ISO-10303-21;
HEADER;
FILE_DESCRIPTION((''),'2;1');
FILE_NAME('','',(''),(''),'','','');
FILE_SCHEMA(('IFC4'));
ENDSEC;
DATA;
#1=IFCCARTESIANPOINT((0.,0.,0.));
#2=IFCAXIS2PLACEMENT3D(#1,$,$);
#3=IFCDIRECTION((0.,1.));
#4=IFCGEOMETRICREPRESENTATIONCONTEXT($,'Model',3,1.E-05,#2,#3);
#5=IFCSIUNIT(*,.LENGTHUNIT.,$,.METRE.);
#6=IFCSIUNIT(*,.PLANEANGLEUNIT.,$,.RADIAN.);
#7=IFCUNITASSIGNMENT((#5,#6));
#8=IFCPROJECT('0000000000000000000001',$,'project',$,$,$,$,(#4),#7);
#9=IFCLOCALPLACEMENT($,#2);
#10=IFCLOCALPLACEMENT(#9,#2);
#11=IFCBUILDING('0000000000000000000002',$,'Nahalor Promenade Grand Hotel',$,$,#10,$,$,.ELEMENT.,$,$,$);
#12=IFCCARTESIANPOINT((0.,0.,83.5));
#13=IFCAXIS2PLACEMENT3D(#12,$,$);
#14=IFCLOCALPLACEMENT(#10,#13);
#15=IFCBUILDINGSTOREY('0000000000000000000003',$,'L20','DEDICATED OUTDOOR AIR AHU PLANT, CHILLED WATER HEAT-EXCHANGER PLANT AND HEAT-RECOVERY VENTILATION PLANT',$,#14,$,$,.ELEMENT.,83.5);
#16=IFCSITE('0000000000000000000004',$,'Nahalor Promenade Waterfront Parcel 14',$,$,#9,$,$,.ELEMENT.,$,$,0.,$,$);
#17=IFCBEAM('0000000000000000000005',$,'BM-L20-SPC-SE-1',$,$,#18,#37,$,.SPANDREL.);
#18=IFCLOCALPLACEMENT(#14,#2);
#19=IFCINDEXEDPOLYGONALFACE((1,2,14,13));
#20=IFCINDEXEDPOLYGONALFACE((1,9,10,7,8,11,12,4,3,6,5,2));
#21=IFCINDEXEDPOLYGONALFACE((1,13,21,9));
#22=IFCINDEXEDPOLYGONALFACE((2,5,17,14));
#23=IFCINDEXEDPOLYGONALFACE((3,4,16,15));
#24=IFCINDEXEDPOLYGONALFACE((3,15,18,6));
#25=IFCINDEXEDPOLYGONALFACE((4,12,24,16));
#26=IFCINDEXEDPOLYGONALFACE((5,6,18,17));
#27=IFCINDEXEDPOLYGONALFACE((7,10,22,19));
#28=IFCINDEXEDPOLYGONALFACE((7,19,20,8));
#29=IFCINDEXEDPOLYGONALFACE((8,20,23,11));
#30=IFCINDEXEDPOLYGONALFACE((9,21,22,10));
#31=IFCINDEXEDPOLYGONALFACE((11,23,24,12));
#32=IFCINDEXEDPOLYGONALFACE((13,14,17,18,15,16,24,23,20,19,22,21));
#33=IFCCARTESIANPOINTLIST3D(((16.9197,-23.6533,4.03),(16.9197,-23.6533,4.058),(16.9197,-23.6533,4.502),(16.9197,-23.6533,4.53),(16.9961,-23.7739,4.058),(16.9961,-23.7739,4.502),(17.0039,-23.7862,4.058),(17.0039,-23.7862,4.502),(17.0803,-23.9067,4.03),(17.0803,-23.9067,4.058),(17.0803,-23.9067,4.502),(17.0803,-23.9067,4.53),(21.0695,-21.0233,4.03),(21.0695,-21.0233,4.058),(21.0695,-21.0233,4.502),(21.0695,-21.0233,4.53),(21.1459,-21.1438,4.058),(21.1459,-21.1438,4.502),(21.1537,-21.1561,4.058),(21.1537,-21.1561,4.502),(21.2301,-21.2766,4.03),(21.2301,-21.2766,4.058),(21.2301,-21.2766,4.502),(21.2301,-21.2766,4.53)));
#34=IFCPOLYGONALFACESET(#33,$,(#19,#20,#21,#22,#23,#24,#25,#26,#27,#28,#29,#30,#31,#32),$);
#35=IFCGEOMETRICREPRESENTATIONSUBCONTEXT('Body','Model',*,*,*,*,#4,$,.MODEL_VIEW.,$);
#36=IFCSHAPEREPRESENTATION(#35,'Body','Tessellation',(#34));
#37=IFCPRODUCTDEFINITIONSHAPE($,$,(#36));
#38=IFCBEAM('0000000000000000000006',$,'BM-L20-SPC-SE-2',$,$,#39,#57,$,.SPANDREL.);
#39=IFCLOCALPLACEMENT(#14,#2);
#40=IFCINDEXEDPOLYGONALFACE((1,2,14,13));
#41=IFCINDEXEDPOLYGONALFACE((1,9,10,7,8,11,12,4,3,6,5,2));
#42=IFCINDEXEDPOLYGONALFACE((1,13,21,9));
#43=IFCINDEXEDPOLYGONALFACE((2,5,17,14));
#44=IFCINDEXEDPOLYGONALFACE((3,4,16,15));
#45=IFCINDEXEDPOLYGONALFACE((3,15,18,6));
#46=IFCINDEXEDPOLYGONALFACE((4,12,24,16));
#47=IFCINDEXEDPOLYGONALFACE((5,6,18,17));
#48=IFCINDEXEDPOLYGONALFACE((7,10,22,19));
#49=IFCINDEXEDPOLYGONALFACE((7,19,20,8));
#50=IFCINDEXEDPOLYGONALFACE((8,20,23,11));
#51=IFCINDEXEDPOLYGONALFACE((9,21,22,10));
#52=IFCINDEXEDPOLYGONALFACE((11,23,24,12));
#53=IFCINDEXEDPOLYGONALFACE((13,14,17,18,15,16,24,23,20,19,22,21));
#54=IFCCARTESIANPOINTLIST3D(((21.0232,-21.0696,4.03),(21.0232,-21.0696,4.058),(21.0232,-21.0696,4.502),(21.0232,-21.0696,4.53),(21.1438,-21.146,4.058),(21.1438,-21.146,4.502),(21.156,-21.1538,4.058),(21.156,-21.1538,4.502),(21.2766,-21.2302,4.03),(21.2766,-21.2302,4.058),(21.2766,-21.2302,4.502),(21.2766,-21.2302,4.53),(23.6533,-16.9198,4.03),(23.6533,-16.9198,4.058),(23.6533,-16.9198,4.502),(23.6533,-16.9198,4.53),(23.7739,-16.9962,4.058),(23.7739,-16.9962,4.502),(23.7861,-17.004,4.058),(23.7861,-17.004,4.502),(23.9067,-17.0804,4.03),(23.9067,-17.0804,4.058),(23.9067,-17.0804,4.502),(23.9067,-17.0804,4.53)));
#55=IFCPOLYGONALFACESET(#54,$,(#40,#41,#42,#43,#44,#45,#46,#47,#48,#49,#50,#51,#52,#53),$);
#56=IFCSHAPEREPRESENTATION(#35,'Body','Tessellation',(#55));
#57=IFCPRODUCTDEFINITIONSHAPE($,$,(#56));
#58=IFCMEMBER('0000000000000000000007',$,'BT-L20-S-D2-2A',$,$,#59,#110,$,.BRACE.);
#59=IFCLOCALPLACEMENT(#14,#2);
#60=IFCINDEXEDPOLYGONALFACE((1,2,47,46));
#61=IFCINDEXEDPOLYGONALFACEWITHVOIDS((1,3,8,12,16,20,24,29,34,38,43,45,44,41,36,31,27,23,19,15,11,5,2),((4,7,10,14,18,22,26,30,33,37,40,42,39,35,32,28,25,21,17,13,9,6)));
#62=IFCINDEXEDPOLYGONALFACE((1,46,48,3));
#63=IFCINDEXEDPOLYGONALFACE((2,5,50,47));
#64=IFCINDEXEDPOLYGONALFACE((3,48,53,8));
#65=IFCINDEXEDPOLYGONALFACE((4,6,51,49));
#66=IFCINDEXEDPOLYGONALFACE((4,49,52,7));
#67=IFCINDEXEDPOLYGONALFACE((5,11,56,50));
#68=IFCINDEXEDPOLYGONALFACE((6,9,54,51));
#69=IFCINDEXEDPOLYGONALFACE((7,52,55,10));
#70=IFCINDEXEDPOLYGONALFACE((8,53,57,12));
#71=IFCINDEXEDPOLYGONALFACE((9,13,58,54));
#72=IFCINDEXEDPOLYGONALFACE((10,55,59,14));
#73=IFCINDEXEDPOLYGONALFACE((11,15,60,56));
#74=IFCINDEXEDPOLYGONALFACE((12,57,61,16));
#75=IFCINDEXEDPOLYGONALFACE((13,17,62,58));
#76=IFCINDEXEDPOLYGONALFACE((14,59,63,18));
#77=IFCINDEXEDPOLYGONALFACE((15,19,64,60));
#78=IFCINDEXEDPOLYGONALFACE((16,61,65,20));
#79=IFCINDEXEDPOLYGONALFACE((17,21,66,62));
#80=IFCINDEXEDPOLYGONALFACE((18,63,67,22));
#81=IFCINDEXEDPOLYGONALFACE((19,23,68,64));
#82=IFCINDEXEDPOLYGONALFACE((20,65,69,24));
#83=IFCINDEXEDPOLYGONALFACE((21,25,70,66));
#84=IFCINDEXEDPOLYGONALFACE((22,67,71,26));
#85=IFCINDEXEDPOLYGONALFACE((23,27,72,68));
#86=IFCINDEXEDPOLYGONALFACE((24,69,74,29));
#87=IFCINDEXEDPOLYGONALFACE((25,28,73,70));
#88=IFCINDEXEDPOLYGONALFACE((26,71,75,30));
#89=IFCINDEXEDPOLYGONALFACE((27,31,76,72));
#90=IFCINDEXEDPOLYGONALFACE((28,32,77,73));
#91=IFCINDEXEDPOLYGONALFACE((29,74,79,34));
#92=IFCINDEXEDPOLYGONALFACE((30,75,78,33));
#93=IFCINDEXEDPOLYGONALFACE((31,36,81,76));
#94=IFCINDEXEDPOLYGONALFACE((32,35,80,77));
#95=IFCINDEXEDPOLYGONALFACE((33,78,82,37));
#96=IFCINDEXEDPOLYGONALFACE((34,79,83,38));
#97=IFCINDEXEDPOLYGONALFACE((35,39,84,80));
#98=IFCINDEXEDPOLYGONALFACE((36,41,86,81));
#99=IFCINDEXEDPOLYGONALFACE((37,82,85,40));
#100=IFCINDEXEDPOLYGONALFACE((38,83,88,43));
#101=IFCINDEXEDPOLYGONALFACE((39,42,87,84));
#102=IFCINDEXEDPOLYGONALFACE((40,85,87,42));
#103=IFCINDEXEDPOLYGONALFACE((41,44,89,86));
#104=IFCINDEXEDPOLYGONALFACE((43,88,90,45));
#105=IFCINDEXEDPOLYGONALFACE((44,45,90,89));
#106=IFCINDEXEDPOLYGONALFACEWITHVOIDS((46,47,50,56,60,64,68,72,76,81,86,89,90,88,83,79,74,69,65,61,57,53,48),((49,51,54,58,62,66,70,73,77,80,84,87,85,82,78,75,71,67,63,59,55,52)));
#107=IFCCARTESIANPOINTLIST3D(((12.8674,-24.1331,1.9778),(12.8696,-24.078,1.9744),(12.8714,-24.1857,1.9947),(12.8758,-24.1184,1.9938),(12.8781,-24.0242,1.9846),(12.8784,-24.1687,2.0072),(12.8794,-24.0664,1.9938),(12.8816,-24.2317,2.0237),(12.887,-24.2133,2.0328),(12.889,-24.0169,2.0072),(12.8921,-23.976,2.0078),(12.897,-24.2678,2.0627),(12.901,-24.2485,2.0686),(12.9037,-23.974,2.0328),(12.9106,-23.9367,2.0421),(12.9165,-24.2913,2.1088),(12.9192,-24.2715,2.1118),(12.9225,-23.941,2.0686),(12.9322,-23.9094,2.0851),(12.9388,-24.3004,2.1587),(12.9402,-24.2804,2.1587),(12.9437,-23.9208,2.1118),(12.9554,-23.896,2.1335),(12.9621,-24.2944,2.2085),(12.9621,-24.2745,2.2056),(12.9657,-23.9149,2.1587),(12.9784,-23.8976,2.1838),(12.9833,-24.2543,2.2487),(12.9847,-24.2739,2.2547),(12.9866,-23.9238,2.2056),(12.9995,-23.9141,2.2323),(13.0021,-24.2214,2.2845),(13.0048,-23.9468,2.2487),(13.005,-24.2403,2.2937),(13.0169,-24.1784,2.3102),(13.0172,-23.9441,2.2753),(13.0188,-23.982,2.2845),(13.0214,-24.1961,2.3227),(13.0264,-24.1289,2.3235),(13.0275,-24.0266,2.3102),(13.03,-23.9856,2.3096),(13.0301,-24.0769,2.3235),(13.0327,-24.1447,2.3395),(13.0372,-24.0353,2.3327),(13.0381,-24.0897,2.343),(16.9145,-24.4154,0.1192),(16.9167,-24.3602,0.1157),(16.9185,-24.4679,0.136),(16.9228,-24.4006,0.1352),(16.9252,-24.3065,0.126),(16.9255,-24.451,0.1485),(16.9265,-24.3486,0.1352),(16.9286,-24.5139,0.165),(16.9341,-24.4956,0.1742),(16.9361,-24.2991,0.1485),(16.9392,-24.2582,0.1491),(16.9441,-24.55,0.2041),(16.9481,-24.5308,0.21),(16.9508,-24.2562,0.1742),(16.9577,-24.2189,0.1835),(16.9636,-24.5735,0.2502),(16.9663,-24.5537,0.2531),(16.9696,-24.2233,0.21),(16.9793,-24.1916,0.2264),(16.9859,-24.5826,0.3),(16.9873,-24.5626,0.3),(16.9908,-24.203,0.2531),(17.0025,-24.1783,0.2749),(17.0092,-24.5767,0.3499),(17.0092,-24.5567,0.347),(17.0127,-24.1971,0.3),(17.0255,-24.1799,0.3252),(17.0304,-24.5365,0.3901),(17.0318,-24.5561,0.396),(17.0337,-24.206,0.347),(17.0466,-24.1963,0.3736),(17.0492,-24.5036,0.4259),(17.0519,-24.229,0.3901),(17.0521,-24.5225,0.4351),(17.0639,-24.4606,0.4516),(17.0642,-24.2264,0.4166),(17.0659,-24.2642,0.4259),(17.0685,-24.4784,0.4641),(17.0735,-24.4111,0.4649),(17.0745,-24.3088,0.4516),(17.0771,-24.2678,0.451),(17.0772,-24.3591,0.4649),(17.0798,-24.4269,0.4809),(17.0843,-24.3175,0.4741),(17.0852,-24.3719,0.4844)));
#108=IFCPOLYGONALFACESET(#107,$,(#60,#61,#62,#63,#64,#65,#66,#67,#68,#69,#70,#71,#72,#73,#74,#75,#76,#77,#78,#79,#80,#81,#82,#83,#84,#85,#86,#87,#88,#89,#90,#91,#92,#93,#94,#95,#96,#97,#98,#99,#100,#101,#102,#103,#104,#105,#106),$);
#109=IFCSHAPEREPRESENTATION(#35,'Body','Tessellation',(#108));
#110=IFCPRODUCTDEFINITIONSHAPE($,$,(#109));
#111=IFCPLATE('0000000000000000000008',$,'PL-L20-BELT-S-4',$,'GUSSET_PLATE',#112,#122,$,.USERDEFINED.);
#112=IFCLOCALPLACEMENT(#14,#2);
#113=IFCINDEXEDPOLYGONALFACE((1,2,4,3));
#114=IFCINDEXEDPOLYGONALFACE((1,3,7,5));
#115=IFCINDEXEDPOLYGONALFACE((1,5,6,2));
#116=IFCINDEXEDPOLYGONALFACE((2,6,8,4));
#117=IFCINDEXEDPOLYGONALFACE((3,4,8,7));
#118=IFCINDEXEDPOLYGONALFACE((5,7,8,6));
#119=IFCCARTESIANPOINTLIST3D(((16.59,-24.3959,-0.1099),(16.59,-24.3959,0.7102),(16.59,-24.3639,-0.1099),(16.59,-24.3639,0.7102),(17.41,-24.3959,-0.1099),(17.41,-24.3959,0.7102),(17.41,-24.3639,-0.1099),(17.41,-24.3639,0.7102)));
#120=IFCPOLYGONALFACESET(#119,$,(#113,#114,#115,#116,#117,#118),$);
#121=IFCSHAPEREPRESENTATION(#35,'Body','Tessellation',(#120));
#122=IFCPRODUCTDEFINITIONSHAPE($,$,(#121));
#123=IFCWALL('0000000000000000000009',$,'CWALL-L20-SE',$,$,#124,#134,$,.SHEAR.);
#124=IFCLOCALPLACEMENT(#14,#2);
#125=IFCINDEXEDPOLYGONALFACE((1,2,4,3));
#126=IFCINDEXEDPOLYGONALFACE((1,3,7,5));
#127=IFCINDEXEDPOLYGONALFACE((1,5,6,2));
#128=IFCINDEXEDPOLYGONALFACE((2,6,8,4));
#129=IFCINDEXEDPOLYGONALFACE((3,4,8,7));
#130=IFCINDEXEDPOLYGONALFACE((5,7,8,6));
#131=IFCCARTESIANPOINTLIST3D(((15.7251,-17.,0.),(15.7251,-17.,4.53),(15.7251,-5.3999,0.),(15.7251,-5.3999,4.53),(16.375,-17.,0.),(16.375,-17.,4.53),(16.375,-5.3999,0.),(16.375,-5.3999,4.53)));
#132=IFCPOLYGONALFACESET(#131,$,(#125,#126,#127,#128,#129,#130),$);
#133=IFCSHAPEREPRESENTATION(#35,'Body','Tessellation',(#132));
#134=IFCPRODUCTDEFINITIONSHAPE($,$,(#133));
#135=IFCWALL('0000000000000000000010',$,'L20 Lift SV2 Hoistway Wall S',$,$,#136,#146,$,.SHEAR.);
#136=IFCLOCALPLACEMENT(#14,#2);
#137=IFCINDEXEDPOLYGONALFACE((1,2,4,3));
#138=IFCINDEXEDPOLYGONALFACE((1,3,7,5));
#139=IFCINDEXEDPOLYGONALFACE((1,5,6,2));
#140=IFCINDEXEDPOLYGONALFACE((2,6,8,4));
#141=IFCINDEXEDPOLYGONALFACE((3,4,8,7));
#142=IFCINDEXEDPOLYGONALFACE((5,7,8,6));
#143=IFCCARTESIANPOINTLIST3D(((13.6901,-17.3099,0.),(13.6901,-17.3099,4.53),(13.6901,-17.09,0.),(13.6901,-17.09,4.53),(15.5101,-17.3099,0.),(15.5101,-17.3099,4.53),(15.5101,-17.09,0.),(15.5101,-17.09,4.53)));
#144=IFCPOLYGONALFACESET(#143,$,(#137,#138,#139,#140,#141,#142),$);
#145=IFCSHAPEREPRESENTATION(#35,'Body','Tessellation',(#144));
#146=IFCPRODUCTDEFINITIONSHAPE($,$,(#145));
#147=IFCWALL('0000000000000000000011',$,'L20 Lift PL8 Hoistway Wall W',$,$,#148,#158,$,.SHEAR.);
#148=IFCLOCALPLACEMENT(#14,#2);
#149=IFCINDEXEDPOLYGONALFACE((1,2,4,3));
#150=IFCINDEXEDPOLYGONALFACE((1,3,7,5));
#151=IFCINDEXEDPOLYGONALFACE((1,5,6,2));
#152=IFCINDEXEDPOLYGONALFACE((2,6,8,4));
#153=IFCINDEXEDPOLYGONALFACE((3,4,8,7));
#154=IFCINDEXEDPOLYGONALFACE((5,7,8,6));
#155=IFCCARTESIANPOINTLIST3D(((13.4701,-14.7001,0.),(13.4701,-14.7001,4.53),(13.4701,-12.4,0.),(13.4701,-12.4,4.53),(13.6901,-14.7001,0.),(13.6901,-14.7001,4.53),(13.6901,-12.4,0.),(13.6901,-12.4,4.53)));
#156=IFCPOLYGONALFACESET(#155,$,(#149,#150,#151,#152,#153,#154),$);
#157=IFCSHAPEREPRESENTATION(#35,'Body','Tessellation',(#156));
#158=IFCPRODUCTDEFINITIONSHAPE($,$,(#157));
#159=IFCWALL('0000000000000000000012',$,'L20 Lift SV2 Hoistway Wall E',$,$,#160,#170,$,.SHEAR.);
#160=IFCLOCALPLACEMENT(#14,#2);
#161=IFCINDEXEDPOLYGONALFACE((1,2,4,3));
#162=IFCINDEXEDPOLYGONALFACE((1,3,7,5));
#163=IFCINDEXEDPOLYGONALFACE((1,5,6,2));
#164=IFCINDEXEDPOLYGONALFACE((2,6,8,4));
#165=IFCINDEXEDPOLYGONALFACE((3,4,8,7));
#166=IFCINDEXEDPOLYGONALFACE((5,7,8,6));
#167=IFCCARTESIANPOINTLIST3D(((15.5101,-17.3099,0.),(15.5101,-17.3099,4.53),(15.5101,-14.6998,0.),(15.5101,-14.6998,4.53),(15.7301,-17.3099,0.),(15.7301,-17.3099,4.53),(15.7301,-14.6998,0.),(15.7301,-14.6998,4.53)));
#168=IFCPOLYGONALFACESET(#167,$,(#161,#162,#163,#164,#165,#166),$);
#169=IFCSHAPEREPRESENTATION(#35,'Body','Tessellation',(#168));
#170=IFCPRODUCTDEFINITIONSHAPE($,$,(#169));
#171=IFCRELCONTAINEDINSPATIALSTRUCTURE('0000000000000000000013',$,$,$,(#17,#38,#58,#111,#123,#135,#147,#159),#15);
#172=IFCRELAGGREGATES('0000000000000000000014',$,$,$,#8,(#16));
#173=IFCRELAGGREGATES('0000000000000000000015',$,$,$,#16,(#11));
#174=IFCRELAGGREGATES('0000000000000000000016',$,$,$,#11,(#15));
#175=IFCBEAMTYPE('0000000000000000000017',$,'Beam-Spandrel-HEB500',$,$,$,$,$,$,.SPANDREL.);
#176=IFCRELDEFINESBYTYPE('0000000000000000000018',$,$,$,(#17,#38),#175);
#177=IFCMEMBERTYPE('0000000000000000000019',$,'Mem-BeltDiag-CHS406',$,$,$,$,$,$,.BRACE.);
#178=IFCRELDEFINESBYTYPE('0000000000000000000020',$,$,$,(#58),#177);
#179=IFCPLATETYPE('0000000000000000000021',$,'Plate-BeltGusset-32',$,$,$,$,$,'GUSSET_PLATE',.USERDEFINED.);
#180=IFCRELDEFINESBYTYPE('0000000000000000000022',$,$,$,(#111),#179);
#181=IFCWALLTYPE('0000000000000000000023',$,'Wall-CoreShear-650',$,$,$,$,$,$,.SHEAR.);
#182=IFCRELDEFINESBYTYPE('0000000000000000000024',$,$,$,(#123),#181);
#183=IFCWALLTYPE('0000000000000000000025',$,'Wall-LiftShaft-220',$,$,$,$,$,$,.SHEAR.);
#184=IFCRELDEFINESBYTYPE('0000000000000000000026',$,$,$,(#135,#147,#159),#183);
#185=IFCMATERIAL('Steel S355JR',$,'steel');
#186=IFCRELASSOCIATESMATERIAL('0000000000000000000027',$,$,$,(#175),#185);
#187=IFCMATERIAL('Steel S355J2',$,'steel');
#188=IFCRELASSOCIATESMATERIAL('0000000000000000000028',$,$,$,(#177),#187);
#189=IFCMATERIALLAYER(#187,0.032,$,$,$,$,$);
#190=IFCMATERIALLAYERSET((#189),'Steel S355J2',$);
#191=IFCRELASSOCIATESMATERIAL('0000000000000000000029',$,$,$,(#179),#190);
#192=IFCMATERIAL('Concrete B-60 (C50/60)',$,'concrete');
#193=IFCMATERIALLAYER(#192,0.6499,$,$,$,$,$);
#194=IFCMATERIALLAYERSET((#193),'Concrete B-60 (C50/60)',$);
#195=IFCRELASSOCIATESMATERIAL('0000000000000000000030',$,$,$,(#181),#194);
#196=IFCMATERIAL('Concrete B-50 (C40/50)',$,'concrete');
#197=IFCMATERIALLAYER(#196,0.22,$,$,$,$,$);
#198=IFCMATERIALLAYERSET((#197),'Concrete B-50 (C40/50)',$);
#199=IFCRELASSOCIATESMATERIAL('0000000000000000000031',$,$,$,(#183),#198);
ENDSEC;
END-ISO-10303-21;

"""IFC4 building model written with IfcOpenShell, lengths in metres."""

from ifc_helpers import new_model, si_unit, direction, frame, frame_2d, origin, origin_2d, place, context, subcontext, project, spatial, rectangle, hollow_circle, i_section, extrude, source, transform, mapped, material, layer, layer_set, material_profile, profile_set, type_object, element, save


model = new_model("IFC4")

# Units and contexts
model_context = context("Model", 3, precision=1e-05, world=origin(), true_north=direction((0.0, 1.0)))
body_context = subcontext(model_context, "Body", "Model", "MODEL_VIEW")
ifc_project = project(units=[si_unit("LENGTHUNIT", "METRE"), si_unit("PLANEANGLEUNIT", "RADIAN")], contexts=[model_context])

# Site, building, storey
site_placement = place(None, origin())
site = spatial("IfcSite", under=ifc_project, at=site_placement, Name="Nahalor Promenade Waterfront Parcel 14", CompositionType="ELEMENT", RefElevation=0.0)
building_placement = place(site_placement, origin())
building = spatial("IfcBuilding", under=site, at=building_placement, Name="Nahalor Promenade Grand Hotel", CompositionType="ELEMENT")
storey_placement = place(building_placement, frame((0.0, 0.0, 83.5)))
storey = spatial("IfcBuildingStorey", under=building, at=storey_placement, Name="L20", Description="DEDICATED OUTDOOR AIR AHU PLANT, CHILLED WATER HEAT-EXCHANGER PLANT AND HEAT-RECOVERY VENTILATION PLANT", CompositionType="ELEMENT", Elevation=83.5)

# Shared definitions
ifc_material_1 = material(Name="Steel S355J2", Category="steel")

# Beams
ifc_material_2 = material(Name="Steel S355JR", Category="steel")
ifc_material_profile_1 = material_profile(ifc_material_2, i_section(OverallWidth=0.3, OverallDepth=0.5, WebThickness=0.0145, FlangeThickness=0.028, at=origin_2d()), Name="HEB 500")
ifc_profile_set_1 = profile_set([ifc_material_profile_1], Name="Steel S355JR")
beam_type_1 = type_object("IfcBeamType", Name="Beam-Spandrel-HEB500", PredefinedType="SPANDREL", material=ifc_profile_set_1)
shared_shape_1 = source(origin(), body_context, "Body", "SweptSolid", [
    extrude(i_section(OverallWidth=0.3, OverallDepth=0.5, WebThickness=0.0145, FlangeThickness=0.028, at=origin_2d()), origin(), (0.0, 0.0, 1.0), 4.9131),
])
for number, where, z_axis, x_axis, name in (
    (1, (17.0, -23.78, 4.28), (0.844648, 0.535322, 0.0), (-0.535322, 0.844648, 0.0), "BM-L20-SPC-SE-1"),
    (2, (21.1499, -21.1499, 4.28), (0.535322, 0.844648, 0.0), (-0.844648, 0.535322, 0.0), "BM-L20-SPC-SE-2"),
):
    element("IfcBeam", number, at=place(storey_placement, frame(where, z_axis=z_axis, x_axis=x_axis)), inside=storey, type_object=beam_type_1, Name=name, PredefinedType="SPANDREL", context=body_context, shape_type="MappedRepresentation", body=[
        mapped(shared_shape_1, transform((0.0, 0.0, 0.0), scale=1.0)),
    ])

# Member
ifc_material_profile_2 = material_profile(ifc_material_1, hollow_circle(Radius=0.2032, WallThickness=0.02, at=origin_2d()), Name="CHS 406.4x20")
ifc_profile_set_2 = profile_set([ifc_material_profile_2], Name="Steel S355J2")
member_type = type_object("IfcMemberType", Name="Mem-BeltDiag-CHS406", PredefinedType="BRACE", material=ifc_profile_set_2)
shared_shape_2 = source(origin(), body_context, "Body", "SweptSolid", [
    extrude(hollow_circle(Radius=0.2032, WallThickness=0.02, at=origin_2d()), origin(), (0.0, 0.0, 1.0), 4.4624),
])
member_placement = place(storey_placement, frame((17.0, -24.3799, 0.3), z_axis=(-0.906929, 0.063245, 0.416508), x_axis=(-0.069566, -0.997577, 0.0)))
element("IfcMember", 3, at=member_placement, inside=storey, type_object=member_type, Name="BT-L20-S-D2-2A", PredefinedType="BRACE", context=body_context, shape_type="MappedRepresentation", body=[
    mapped(shared_shape_2, transform((0.0, 0.0, 0.0), scale=1.0)),
])

# Plate
ifc_layer_1 = layer(ifc_material_1, 0.032)
ifc_layer_set_1 = layer_set([ifc_layer_1], Name="Steel S355J2")
plate_type = type_object("IfcPlateType", Name="Plate-BeltGusset-32", ElementType="GUSSET_PLATE", PredefinedType="USERDEFINED", material=ifc_layer_set_1)
shared_shape_3 = source(origin(), body_context, "Body", "SweptSolid", [
    extrude(rectangle(XDim=0.8201, YDim=0.032, at=origin_2d()), origin(), (0.0, 0.0, 1.0), 0.8201),
])
plate_placement = place(storey_placement, frame((17.0, -24.3799, -0.1099), z_axis=(0.0, 0.0, 1.0), x_axis=(1.0, 0.0, 0.0)))
element("IfcPlate", 4, at=plate_placement, inside=storey, type_object=plate_type, Name="PL-L20-BELT-S-4", ObjectType="GUSSET_PLATE", PredefinedType="USERDEFINED", context=body_context, shape_type="MappedRepresentation", body=[
    mapped(shared_shape_3, transform((0.0, 0.0, 0.0), scale=1.0)),
])

# Walls
ifc_material_3 = material(Name="Concrete B-60 (C50/60)", Category="concrete")
ifc_layer_2 = layer(ifc_material_3, 0.6499)
ifc_layer_set_2 = layer_set([ifc_layer_2], Name="Concrete B-60 (C50/60)")
wall_type_1 = type_object("IfcWallType", Name="Wall-CoreShear-650", PredefinedType="SHEAR", material=ifc_layer_set_2)
shared_shape_4 = source(origin(), body_context, "Body", "SweptSolid", [
    extrude(rectangle(XDim=11.6001, YDim=0.6499, at=frame_2d((5.8, 0.0))), origin(), (0.0, 0.0, 1.0), 4.53),
])
wall_1_placement = place(storey_placement, frame((16.05, -17.0, 0.0), z_axis=(0.0, 0.0, 1.0), x_axis=(0.0, 1.0, 0.0)))
element("IfcWall", 5, at=wall_1_placement, inside=storey, type_object=wall_type_1, Name="CWALL-L20-SE", PredefinedType="SHEAR", context=body_context, shape_type="MappedRepresentation", body=[
    mapped(shared_shape_4, transform((0.0, 0.0, 0.0), scale=1.0)),
])
ifc_material_4 = material(Name="Concrete B-50 (C40/50)", Category="concrete")
ifc_layer_3 = layer(ifc_material_4, 0.22)
ifc_layer_set_3 = layer_set([ifc_layer_3], Name="Concrete B-50 (C40/50)")
wall_type_2 = type_object("IfcWallType", Name="Wall-LiftShaft-220", PredefinedType="SHEAR", material=ifc_layer_set_3)
shared_shape_5 = source(origin(), body_context, "Body", "SweptSolid", [
    extrude(rectangle(XDim=1.8201, YDim=0.22, at=frame_2d((0.9102, 0.0))), origin(), (0.0, 0.0, 1.0), 4.53),
])
wall_2_placement = place(storey_placement, frame((13.6899, -17.2, 0.0), z_axis=(0.0, 0.0, 1.0), x_axis=(1.0, 0.0, 0.0)))
element("IfcWall", 6, at=wall_2_placement, inside=storey, type_object=wall_type_2, Name="L20 Lift SV2 Hoistway Wall S", PredefinedType="SHEAR", context=body_context, shape_type="MappedRepresentation", body=[
    mapped(shared_shape_5, transform((0.0, 0.0, 0.0), scale=1.0)),
])
shared_shape_6 = source(origin(), body_context, "Body", "SweptSolid", [
    extrude(rectangle(XDim=2.3, YDim=0.22, at=frame_2d((1.1499, 0.0))), origin(), (0.0, 0.0, 1.0), 4.53),
])
wall_3_placement = place(storey_placement, frame((13.5801, -14.7, 0.0), z_axis=(0.0, 0.0, 1.0), x_axis=(0.0, 1.0, 0.0)))
element("IfcWall", 7, at=wall_3_placement, inside=storey, type_object=wall_type_2, Name="L20 Lift PL8 Hoistway Wall W", PredefinedType="SHEAR", context=body_context, shape_type="MappedRepresentation", body=[
    mapped(shared_shape_6, transform((0.0, 0.0, 0.0), scale=1.0)),
])
shared_shape_7 = source(origin(), body_context, "Body", "SweptSolid", [
    extrude(rectangle(XDim=2.6101, YDim=0.22, at=frame_2d((1.3052, 0.0))), origin(), (0.0, 0.0, 1.0), 4.53),
])
wall_4_placement = place(storey_placement, frame((15.6201, -17.3101, 0.0), z_axis=(0.0, 0.0, 1.0), x_axis=(0.0, 1.0, 0.0)))
element("IfcWall", 8, at=wall_4_placement, inside=storey, type_object=wall_type_2, Name="L20 Lift SV2 Hoistway Wall E", PredefinedType="SHEAR", context=body_context, shape_type="MappedRepresentation", body=[
    mapped(shared_shape_7, transform((0.0, 0.0, 0.0), scale=1.0)),
])

save(model, "model.ifc")
